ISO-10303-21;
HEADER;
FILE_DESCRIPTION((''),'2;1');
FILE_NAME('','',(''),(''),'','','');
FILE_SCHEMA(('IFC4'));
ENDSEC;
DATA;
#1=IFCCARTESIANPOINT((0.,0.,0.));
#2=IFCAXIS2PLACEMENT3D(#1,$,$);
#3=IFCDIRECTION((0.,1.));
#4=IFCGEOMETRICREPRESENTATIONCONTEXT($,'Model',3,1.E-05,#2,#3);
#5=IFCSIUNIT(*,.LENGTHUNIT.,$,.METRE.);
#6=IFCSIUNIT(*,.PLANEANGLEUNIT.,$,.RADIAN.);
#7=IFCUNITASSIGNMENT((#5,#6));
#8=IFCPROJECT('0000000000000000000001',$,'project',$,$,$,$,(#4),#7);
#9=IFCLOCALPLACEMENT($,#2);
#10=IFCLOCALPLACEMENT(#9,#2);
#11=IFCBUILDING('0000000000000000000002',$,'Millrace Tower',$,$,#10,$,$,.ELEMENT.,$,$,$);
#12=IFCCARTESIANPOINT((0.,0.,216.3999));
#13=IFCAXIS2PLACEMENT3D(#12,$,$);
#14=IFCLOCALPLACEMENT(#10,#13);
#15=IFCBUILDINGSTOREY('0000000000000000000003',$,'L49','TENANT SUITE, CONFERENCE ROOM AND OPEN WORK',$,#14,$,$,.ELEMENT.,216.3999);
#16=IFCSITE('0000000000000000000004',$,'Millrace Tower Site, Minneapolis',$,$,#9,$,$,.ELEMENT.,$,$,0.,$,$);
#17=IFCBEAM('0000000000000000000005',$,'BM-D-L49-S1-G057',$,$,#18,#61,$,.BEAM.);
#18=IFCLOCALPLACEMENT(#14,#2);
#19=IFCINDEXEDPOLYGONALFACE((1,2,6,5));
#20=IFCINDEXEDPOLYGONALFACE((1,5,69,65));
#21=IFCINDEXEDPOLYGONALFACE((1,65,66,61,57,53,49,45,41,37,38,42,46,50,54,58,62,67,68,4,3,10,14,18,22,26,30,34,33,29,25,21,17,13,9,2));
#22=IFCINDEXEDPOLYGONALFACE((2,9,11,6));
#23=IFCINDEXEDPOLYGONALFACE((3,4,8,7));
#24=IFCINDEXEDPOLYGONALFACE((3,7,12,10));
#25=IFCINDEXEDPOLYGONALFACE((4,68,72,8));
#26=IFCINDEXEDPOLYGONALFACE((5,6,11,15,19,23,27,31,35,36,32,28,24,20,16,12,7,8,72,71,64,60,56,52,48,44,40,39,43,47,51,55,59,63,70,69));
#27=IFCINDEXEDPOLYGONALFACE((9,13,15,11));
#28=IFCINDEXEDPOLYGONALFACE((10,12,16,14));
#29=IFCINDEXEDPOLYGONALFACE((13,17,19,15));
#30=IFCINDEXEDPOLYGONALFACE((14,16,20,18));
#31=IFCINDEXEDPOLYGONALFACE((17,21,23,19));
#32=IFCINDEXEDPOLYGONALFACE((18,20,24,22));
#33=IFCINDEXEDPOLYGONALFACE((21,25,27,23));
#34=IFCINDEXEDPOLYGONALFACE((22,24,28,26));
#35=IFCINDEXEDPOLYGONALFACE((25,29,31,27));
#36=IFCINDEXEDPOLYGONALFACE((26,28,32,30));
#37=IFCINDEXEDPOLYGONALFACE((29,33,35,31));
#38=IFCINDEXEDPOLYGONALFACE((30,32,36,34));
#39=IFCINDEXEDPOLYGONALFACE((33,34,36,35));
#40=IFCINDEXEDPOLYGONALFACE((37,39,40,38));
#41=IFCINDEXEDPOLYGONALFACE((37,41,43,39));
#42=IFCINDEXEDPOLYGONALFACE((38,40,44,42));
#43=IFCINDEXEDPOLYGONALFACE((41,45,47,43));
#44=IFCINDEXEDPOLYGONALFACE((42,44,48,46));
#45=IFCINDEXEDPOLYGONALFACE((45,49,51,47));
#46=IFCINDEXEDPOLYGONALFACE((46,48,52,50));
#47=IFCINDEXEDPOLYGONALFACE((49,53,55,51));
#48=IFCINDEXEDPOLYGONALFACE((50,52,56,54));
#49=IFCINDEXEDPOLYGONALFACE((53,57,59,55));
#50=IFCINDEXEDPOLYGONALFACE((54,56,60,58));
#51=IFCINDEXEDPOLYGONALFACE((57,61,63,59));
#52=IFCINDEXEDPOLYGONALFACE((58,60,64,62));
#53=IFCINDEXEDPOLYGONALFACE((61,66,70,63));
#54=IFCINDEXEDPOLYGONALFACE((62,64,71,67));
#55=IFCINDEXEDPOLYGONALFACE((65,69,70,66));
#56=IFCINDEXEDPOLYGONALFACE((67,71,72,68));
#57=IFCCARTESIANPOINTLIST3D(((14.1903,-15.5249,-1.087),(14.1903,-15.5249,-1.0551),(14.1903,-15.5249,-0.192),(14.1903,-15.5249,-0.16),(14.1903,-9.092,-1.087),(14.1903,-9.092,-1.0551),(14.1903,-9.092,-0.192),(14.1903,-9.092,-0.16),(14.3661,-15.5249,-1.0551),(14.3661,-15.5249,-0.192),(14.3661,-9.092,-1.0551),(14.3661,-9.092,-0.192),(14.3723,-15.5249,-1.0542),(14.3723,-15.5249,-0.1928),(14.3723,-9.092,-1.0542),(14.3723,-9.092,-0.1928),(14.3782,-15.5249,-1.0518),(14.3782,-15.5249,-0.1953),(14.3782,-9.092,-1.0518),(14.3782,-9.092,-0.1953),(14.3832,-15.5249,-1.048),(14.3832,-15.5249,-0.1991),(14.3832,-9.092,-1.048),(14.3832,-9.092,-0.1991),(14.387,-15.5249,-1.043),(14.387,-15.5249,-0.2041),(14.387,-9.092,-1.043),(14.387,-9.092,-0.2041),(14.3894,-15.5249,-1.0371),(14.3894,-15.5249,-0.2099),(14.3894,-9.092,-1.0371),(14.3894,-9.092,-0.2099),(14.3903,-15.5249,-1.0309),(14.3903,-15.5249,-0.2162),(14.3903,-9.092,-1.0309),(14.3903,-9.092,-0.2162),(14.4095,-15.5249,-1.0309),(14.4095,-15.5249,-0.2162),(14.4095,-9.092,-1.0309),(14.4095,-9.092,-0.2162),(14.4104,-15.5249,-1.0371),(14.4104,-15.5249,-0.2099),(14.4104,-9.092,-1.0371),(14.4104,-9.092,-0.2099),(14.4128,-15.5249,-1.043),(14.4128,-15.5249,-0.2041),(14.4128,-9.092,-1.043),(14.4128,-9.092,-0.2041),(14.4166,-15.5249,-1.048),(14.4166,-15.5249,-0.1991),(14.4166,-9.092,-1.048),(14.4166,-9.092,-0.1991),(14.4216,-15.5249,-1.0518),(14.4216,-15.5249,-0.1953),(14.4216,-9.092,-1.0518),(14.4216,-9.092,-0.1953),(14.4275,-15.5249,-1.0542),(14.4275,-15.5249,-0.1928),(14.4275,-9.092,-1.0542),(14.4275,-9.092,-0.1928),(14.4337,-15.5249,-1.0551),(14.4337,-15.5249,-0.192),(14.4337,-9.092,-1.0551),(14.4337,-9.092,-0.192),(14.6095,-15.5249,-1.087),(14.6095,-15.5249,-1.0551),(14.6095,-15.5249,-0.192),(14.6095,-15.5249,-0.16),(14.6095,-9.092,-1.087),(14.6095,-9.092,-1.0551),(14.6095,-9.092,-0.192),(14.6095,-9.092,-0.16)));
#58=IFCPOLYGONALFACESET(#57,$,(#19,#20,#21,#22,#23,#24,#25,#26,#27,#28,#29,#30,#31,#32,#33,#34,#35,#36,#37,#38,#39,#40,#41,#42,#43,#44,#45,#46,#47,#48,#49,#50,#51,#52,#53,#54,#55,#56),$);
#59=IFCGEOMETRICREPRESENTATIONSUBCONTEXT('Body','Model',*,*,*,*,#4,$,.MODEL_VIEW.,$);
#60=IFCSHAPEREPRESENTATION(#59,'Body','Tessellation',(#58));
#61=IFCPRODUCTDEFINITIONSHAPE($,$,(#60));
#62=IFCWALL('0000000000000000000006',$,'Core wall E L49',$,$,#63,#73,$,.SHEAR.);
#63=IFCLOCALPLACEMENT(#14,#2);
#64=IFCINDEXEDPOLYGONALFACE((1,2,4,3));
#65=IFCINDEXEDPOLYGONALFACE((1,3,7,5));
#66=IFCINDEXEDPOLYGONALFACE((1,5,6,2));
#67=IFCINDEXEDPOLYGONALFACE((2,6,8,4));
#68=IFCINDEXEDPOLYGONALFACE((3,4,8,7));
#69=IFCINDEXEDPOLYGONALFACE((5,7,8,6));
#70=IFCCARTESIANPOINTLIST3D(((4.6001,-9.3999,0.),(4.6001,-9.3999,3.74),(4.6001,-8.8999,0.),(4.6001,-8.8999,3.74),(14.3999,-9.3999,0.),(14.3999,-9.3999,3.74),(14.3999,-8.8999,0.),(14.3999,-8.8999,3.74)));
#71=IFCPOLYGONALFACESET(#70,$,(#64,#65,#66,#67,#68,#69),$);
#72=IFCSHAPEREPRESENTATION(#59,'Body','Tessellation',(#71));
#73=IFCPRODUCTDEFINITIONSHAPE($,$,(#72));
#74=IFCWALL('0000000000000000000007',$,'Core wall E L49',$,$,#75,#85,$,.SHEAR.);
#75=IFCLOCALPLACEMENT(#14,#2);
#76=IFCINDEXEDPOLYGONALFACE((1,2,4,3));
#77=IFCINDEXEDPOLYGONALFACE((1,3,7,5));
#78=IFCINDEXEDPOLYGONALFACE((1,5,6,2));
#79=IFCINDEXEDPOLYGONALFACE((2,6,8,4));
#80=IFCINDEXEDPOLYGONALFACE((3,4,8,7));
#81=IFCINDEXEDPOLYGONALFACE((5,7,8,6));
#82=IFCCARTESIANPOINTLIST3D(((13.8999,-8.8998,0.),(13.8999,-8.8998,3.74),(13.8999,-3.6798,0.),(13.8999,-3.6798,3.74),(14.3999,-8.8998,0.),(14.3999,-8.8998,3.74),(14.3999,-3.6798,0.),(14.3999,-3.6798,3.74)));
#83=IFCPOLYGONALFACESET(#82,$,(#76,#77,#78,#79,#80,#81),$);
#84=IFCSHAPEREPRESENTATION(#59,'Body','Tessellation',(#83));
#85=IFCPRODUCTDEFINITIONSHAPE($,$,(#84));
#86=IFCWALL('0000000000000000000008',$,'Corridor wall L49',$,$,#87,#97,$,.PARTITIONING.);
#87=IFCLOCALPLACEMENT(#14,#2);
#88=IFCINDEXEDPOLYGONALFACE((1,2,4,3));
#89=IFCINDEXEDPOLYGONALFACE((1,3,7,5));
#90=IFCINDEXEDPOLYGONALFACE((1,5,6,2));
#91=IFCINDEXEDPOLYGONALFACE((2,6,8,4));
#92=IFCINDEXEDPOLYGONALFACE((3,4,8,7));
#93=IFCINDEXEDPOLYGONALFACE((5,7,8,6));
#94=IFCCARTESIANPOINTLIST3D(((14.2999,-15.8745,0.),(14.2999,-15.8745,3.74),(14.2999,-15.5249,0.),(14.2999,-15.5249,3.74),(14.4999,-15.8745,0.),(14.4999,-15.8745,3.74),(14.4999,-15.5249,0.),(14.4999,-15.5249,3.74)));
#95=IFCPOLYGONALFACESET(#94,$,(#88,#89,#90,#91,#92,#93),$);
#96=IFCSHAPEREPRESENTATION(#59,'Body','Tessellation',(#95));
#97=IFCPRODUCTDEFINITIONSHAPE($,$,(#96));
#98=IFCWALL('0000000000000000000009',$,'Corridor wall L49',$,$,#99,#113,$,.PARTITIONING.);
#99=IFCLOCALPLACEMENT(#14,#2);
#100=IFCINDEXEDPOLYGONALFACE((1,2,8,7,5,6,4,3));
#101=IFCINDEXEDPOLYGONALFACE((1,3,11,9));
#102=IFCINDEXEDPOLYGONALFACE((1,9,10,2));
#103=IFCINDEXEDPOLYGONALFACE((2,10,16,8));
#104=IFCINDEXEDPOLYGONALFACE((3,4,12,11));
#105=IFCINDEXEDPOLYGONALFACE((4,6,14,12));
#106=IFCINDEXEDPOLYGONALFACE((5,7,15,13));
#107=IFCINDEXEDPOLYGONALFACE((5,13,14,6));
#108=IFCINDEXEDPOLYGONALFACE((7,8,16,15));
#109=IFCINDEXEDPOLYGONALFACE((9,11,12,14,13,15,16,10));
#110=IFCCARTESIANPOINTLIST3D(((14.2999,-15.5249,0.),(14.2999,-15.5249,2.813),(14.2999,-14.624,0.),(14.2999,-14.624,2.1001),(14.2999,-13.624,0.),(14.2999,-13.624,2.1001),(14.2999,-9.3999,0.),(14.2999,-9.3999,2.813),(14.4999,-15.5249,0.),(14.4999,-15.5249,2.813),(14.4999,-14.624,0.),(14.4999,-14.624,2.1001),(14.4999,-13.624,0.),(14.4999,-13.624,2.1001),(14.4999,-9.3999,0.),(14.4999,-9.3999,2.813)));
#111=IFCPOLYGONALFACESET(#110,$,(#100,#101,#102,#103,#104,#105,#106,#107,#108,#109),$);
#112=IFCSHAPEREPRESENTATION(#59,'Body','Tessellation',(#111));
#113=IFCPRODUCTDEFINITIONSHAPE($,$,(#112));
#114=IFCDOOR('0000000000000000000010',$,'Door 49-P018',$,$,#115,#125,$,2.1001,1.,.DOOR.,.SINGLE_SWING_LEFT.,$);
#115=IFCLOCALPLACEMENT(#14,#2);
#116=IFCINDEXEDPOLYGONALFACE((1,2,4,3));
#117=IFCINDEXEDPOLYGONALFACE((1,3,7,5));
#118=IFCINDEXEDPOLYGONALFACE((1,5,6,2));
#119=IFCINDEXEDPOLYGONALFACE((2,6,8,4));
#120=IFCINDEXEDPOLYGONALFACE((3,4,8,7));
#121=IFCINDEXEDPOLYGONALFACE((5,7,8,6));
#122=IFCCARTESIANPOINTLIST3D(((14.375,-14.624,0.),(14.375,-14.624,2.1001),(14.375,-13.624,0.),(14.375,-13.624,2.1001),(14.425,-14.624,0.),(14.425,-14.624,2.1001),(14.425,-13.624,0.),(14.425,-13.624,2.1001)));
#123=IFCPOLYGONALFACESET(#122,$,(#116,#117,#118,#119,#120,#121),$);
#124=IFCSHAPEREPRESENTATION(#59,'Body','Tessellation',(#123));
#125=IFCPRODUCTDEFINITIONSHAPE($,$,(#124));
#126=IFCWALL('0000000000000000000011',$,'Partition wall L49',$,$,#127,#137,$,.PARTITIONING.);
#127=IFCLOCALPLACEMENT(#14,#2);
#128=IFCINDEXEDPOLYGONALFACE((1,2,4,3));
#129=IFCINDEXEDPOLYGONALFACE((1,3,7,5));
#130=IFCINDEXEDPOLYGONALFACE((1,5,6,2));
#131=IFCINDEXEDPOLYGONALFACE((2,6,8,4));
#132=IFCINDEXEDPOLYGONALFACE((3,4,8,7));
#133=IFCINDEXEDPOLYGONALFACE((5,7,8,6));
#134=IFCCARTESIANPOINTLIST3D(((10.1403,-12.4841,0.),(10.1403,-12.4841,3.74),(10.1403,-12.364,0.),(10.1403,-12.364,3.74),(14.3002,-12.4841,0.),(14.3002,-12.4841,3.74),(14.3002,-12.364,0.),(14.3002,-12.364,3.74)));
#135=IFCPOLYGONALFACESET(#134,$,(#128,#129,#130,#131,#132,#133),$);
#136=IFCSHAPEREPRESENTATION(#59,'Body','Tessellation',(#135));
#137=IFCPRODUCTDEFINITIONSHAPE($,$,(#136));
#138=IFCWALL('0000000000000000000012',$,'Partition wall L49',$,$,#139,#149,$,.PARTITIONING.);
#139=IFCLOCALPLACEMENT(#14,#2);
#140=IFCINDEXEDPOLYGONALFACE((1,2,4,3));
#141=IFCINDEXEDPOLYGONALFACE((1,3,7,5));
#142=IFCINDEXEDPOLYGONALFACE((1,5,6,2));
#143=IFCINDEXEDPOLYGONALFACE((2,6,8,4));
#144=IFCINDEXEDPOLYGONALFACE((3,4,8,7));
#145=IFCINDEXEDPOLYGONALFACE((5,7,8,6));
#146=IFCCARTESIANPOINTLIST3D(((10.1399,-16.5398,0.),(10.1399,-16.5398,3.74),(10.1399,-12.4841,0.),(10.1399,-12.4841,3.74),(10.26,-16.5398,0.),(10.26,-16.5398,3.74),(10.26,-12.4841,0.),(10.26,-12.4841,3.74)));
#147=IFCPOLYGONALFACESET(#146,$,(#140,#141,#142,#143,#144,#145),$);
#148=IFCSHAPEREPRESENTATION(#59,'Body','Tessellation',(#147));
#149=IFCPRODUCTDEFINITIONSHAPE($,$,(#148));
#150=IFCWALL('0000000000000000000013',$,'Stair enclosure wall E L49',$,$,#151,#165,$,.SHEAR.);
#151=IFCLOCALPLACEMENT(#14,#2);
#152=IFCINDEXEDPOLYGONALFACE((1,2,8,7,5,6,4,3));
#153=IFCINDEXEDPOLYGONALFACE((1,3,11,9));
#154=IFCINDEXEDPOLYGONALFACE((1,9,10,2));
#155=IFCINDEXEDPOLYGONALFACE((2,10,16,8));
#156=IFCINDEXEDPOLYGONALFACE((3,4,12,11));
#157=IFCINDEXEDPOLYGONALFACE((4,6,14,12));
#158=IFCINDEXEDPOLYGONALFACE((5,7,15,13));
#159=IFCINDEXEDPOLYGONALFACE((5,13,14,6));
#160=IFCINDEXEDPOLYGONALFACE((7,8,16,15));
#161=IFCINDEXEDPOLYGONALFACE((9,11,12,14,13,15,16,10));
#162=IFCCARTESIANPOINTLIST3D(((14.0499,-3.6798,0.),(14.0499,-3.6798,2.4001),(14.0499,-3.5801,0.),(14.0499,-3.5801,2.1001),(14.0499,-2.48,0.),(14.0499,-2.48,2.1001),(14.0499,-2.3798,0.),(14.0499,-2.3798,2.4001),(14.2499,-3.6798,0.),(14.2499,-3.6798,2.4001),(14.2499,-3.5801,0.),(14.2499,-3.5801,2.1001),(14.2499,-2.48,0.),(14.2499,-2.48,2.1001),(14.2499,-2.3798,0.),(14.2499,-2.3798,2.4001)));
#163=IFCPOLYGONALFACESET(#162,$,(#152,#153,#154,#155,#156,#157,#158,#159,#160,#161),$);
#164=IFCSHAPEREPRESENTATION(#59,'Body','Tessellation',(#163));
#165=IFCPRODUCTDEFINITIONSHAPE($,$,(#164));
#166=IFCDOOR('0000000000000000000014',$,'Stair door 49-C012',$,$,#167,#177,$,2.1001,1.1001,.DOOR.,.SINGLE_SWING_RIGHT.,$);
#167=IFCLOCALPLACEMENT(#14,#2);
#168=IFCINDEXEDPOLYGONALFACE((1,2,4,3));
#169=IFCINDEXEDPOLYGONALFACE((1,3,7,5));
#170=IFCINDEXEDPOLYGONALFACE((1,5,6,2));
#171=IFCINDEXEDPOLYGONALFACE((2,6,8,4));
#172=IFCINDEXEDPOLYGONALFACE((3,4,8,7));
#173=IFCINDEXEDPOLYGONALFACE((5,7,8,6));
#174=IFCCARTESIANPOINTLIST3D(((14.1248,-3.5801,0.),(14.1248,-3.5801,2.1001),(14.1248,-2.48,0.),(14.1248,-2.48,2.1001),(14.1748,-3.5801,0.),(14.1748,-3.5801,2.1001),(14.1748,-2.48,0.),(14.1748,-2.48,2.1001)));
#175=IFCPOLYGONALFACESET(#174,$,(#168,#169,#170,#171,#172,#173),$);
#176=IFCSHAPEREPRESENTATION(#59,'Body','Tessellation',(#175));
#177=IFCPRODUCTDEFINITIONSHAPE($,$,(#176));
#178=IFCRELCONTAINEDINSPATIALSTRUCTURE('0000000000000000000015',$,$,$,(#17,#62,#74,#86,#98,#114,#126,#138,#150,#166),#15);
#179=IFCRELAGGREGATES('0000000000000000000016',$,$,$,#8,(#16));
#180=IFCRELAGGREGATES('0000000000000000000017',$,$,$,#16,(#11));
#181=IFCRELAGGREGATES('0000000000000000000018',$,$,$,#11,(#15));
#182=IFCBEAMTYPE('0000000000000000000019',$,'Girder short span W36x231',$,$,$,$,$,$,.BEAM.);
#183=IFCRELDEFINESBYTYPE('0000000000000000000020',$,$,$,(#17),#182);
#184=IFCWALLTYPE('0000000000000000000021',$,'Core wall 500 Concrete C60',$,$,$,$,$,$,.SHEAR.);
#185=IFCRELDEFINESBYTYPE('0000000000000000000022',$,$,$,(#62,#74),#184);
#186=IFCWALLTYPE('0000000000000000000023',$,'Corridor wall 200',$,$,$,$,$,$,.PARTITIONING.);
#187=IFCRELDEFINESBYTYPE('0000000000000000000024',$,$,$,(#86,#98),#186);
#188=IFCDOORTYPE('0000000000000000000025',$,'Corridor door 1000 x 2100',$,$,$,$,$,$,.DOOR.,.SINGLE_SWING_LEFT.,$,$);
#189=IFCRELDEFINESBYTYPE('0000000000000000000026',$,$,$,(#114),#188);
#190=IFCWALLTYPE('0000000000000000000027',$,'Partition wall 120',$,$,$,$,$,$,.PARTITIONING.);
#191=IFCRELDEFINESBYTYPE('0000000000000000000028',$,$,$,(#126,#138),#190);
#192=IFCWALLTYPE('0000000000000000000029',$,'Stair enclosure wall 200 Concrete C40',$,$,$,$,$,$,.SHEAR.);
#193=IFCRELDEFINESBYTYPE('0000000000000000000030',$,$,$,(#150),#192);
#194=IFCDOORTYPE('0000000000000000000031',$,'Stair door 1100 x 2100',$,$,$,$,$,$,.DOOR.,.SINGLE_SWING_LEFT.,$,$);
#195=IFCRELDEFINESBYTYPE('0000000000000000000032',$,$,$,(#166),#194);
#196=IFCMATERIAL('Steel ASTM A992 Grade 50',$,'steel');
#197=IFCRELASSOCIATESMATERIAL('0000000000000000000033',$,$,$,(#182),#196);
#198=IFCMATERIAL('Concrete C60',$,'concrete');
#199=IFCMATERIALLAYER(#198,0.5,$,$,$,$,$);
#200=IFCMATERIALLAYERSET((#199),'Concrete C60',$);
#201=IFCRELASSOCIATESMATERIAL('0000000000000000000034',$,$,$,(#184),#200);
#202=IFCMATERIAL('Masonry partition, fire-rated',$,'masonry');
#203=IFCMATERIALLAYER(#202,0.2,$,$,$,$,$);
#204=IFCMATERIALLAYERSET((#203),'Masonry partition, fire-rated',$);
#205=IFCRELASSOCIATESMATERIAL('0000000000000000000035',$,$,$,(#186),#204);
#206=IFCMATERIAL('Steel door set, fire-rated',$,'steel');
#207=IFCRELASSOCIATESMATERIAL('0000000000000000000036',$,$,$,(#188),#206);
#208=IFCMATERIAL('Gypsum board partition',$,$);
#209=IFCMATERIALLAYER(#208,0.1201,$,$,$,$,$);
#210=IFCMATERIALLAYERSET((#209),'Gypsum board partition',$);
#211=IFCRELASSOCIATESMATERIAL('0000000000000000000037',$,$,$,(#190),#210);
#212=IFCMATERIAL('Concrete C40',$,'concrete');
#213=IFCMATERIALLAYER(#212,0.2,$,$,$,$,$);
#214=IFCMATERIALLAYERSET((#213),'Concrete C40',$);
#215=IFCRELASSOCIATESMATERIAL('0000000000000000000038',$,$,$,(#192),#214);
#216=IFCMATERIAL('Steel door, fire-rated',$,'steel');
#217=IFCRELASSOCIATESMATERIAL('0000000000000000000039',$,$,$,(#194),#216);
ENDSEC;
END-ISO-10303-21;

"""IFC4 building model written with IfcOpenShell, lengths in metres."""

from ifc_helpers import new_model, si_unit, direction, frame, frame_2d, origin, origin_2d, place, context, subcontext, project, spatial, rectangle, i_section, extrude, material, layer, layer_set, material_profile, profile_set, type_object, element, fill, save


model = new_model("IFC4")

# Units and contexts
model_context = context("Model", 3, precision=1e-05, world=origin(), true_north=direction((0.0, 1.0)))
body_context = subcontext(model_context, "Body", "Model", "MODEL_VIEW")
ifc_project = project(units=[si_unit("LENGTHUNIT", "METRE"), si_unit("PLANEANGLEUNIT", "RADIAN")], contexts=[model_context])

# Site, building, storey
site_placement = place(None, origin())
site = spatial("IfcSite", under=ifc_project, at=site_placement, Name="Millrace Tower Site, Minneapolis", CompositionType="ELEMENT", RefElevation=0.0)
building_placement = place(site_placement, origin())
building = spatial("IfcBuilding", under=site, at=building_placement, Name="Millrace Tower", CompositionType="ELEMENT")
storey_placement = place(building_placement, frame((0.0, 0.0, 216.3999)))
storey = spatial("IfcBuildingStorey", under=building, at=storey_placement, Name="L49", Description="TENANT SUITE, CONFERENCE ROOM AND OPEN WORK", CompositionType="ELEMENT", Elevation=216.3999)

# Beam
ifc_material_1 = material(Name="Steel ASTM A992 Grade 50", Category="steel")
ifc_material_profile_1 = material_profile(ifc_material_1, i_section(OverallWidth=0.4192, OverallDepth=0.927, WebThickness=0.0193, FlangeThickness=0.032, FilletRadius=0.0242, at=origin_2d()))
ifc_profile_set_1 = profile_set([ifc_material_profile_1], Name="Steel ASTM A992 Grade 50")
beam_type_1 = type_object("IfcBeamType", Name="Girder short span W36x231", PredefinedType="BEAM", material=ifc_profile_set_1)
beam_1_placement = place(storey_placement, frame((14.3999, -15.5249, -0.6235), z_axis=(0.0, 1.0, 0.0), x_axis=(-1.0, 0.0, 0.0)))
element("IfcBeam", 1, at=beam_1_placement, inside=storey, type_object=beam_type_1, Name="BM-D-L49-S1-G057", PredefinedType="BEAM", context=body_context, shape_type="SweptSolid", body=[
    extrude(i_section(OverallWidth=0.4192, OverallDepth=0.927, WebThickness=0.0193, FlangeThickness=0.032, FilletRadius=0.0242, at=origin_2d()), origin(), (0.0, 0.0, 1.0), 6.4329),
])

# Walls
ifc_material_2 = material(Name="Concrete C60", Category="concrete")
ifc_layer_1 = layer(ifc_material_2, 0.5)
ifc_layer_set_1 = layer_set([ifc_layer_1], Name="Concrete C60")
wall_type_1 = type_object("IfcWallType", Name="Core wall 500 Concrete C60", PredefinedType="SHEAR", material=ifc_layer_set_1)
wall_1_placement = place(storey_placement, frame((14.3999, -9.1499, 0.0), z_axis=(0.0, 0.0, 1.0), x_axis=(-1.0, 0.0, 0.0)))
element("IfcWall", 2, at=wall_1_placement, inside=storey, type_object=wall_type_1, Name="Core wall E L49", PredefinedType="SHEAR", context=body_context, shape_type="SweptSolid", body=[
    extrude(rectangle(XDim=9.7998, YDim=0.5, at=frame_2d((4.8999, 0.0))), origin(), (0.0, 0.0, 1.0), 3.74),
])
wall_2_placement = place(storey_placement, frame((14.1499, -3.6799, 0.0), z_axis=(0.0, 0.0, 1.0), x_axis=(0.0, -1.0, 0.0)))
element("IfcWall", 3, at=wall_2_placement, inside=storey, type_object=wall_type_1, Name="Core wall E L49", PredefinedType="SHEAR", context=body_context, shape_type="SweptSolid", body=[
    extrude(rectangle(XDim=5.22, YDim=0.5, at=frame_2d((2.6099, 0.0))), origin(), (0.0, 0.0, 1.0), 3.74),
])
ifc_material_3 = material(Name="Masonry partition, fire-rated", Category="masonry")
ifc_layer_2 = layer(ifc_material_3, 0.2)
ifc_layer_set_2 = layer_set([ifc_layer_2], Name="Masonry partition, fire-rated")
wall_type_2 = type_object("IfcWallType", Name="Corridor wall 200", PredefinedType="PARTITIONING", material=ifc_layer_set_2)
wall_3_placement = place(storey_placement, frame((14.3999, -15.8745, 0.0), z_axis=(0.0, 0.0, 1.0), x_axis=(0.0, 1.0, 0.0)))
element("IfcWall", 4, at=wall_3_placement, inside=storey, type_object=wall_type_2, Name="Corridor wall L49", PredefinedType="PARTITIONING", context=body_context, shape_type="SweptSolid", body=[
    extrude(rectangle(XDim=0.3496, YDim=0.2, at=frame_2d((0.1748, 0.0))), origin(), (0.0, 0.0, 1.0), 3.74),
])

# Wall, opening, door
wall_4_placement = place(storey_placement, frame((14.3999, -15.5249, 0.0), z_axis=(0.0, 0.0, 1.0), x_axis=(0.0, 1.0, 0.0)))
wall_4 = element("IfcWall", 5, at=wall_4_placement, inside=storey, type_object=wall_type_2, Name="Corridor wall L49", PredefinedType="PARTITIONING", context=body_context, shape_type="SweptSolid", body=[
    extrude(rectangle(XDim=6.125, YDim=0.2, at=frame_2d((3.0625, 0.0))), origin(), (0.0, 0.0, 1.0), 2.813),
])
opening_1_placement = place(wall_4_placement, frame((0.9009, 0.0, 0.0)))
opening_1 = element("IfcOpeningElement", 6, at=opening_1_placement, cuts=wall_4, PredefinedType="OPENING", context=body_context, shape_type="SweptSolid", body=[
    extrude(rectangle(XDim=1.0, YDim=2.1001, at=frame_2d((0.5, 1.05))), frame((0.0, 0.1099, 0.0), z_axis=(0.0, -1.0, 0.0), x_axis=(1.0, 0.0, 0.0)), (0.0, 0.0, 1.0), 0.22),
])
ifc_material_4 = material(Name="Steel door set, fire-rated", Category="steel")
door_type_1 = type_object("IfcDoorType", Name="Corridor door 1000 x 2100", OperationType="SINGLE_SWING_LEFT", PredefinedType="DOOR", material=ifc_material_4)
door_1_placement = place(opening_1_placement, origin())
door_1 = element("IfcDoor", 7, at=door_1_placement, inside=storey, type_object=door_type_1, Name="Door 49-P018", OperationType="SINGLE_SWING_LEFT", OverallHeight=2.1001, OverallWidth=1.0, PredefinedType="DOOR", context=body_context, shape_type="SweptSolid", body=[
    extrude(rectangle(XDim=1.0, YDim=2.1001, at=frame_2d((0.5, 1.05))), frame((0.0, 0.0249, 0.0), z_axis=(0.0, -1.0, 0.0), x_axis=(1.0, 0.0, 0.0)), (0.0, 0.0, 1.0), 0.05),
])
fill(opening_1, door_1)

# Walls
ifc_material_5 = material(Name="Gypsum board partition")
ifc_layer_3 = layer(ifc_material_5, 0.1201)
ifc_layer_set_3 = layer_set([ifc_layer_3], Name="Gypsum board partition")
wall_type_3 = type_object("IfcWallType", Name="Partition wall 120", PredefinedType="PARTITIONING", material=ifc_layer_set_3)
wall_5_placement = place(storey_placement, frame((10.1401, -12.4241, 0.0), z_axis=(0.0, 0.0, 1.0), x_axis=(1.0, 0.0, 0.0)))
element("IfcWall", 8, at=wall_5_placement, inside=storey, type_object=wall_type_3, Name="Partition wall L49", PredefinedType="PARTITIONING", context=body_context, shape_type="SweptSolid", body=[
    extrude(rectangle(XDim=4.1599, YDim=0.1201, at=frame_2d((2.0801, 0.0))), origin(), (0.0, 0.0, 1.0), 3.74),
])
wall_6_placement = place(storey_placement, frame((10.2, -16.5398, 0.0), z_axis=(0.0, 0.0, 1.0), x_axis=(0.0, 1.0, 0.0)))
element("IfcWall", 9, at=wall_6_placement, inside=storey, type_object=wall_type_3, Name="Partition wall L49", PredefinedType="PARTITIONING", context=body_context, shape_type="SweptSolid", body=[
    extrude(rectangle(XDim=4.0557, YDim=0.1201, at=frame_2d((2.0278, 0.0))), origin(), (0.0, 0.0, 1.0), 3.74),
])

# Wall, opening, door
ifc_material_6 = material(Name="Concrete C40", Category="concrete")
ifc_layer_4 = layer(ifc_material_6, 0.2)
ifc_layer_set_4 = layer_set([ifc_layer_4], Name="Concrete C40")
wall_type_4 = type_object("IfcWallType", Name="Stair enclosure wall 200 Concrete C40", PredefinedType="SHEAR", material=ifc_layer_set_4)
wall_7_placement = place(storey_placement, frame((14.1499, -2.3799, 0.0), z_axis=(0.0, 0.0, 1.0), x_axis=(0.0, -1.0, 0.0)))
wall_7 = element("IfcWall", 10, at=wall_7_placement, inside=storey, type_object=wall_type_4, Name="Stair enclosure wall E L49", PredefinedType="SHEAR", context=body_context, shape_type="SweptSolid", body=[
    extrude(rectangle(XDim=1.3, YDim=0.2, at=frame_2d((0.6499, 0.0))), origin(), (0.0, 0.0, 1.0), 2.4001),
])
opening_2_placement = place(wall_7_placement, frame((0.1001, 0.0, 0.0)))
opening_2 = element("IfcOpeningElement", 11, at=opening_2_placement, cuts=wall_7, PredefinedType="OPENING", context=body_context, shape_type="SweptSolid", body=[
    extrude(rectangle(XDim=1.1001, YDim=2.1001, at=frame_2d((0.55, 1.05))), frame((0.0, 0.1099, 0.0), z_axis=(0.0, -1.0, 0.0), x_axis=(1.0, 0.0, 0.0)), (0.0, 0.0, 1.0), 0.22),
])
ifc_material_7 = material(Name="Steel door, fire-rated", Category="steel")
door_type_2 = type_object("IfcDoorType", Name="Stair door 1100 x 2100", OperationType="SINGLE_SWING_LEFT", PredefinedType="DOOR", material=ifc_material_7)
door_2_placement = place(opening_2_placement, origin())
door_2 = element("IfcDoor", 12, at=door_2_placement, inside=storey, type_object=door_type_2, Name="Stair door 49-C012", OperationType="SINGLE_SWING_RIGHT", OverallHeight=2.1001, OverallWidth=1.1001, PredefinedType="DOOR", context=body_context, shape_type="SweptSolid", body=[
    extrude(rectangle(XDim=1.1001, YDim=2.1001, at=frame_2d((0.55, 1.05))), frame((0.0, 0.0249, 0.0), z_axis=(0.0, -1.0, 0.0), x_axis=(1.0, 0.0, 0.0)), (0.0, 0.0, 1.0), 0.05),
])
fill(opening_2, door_2)

save(model, "model.ifc")
